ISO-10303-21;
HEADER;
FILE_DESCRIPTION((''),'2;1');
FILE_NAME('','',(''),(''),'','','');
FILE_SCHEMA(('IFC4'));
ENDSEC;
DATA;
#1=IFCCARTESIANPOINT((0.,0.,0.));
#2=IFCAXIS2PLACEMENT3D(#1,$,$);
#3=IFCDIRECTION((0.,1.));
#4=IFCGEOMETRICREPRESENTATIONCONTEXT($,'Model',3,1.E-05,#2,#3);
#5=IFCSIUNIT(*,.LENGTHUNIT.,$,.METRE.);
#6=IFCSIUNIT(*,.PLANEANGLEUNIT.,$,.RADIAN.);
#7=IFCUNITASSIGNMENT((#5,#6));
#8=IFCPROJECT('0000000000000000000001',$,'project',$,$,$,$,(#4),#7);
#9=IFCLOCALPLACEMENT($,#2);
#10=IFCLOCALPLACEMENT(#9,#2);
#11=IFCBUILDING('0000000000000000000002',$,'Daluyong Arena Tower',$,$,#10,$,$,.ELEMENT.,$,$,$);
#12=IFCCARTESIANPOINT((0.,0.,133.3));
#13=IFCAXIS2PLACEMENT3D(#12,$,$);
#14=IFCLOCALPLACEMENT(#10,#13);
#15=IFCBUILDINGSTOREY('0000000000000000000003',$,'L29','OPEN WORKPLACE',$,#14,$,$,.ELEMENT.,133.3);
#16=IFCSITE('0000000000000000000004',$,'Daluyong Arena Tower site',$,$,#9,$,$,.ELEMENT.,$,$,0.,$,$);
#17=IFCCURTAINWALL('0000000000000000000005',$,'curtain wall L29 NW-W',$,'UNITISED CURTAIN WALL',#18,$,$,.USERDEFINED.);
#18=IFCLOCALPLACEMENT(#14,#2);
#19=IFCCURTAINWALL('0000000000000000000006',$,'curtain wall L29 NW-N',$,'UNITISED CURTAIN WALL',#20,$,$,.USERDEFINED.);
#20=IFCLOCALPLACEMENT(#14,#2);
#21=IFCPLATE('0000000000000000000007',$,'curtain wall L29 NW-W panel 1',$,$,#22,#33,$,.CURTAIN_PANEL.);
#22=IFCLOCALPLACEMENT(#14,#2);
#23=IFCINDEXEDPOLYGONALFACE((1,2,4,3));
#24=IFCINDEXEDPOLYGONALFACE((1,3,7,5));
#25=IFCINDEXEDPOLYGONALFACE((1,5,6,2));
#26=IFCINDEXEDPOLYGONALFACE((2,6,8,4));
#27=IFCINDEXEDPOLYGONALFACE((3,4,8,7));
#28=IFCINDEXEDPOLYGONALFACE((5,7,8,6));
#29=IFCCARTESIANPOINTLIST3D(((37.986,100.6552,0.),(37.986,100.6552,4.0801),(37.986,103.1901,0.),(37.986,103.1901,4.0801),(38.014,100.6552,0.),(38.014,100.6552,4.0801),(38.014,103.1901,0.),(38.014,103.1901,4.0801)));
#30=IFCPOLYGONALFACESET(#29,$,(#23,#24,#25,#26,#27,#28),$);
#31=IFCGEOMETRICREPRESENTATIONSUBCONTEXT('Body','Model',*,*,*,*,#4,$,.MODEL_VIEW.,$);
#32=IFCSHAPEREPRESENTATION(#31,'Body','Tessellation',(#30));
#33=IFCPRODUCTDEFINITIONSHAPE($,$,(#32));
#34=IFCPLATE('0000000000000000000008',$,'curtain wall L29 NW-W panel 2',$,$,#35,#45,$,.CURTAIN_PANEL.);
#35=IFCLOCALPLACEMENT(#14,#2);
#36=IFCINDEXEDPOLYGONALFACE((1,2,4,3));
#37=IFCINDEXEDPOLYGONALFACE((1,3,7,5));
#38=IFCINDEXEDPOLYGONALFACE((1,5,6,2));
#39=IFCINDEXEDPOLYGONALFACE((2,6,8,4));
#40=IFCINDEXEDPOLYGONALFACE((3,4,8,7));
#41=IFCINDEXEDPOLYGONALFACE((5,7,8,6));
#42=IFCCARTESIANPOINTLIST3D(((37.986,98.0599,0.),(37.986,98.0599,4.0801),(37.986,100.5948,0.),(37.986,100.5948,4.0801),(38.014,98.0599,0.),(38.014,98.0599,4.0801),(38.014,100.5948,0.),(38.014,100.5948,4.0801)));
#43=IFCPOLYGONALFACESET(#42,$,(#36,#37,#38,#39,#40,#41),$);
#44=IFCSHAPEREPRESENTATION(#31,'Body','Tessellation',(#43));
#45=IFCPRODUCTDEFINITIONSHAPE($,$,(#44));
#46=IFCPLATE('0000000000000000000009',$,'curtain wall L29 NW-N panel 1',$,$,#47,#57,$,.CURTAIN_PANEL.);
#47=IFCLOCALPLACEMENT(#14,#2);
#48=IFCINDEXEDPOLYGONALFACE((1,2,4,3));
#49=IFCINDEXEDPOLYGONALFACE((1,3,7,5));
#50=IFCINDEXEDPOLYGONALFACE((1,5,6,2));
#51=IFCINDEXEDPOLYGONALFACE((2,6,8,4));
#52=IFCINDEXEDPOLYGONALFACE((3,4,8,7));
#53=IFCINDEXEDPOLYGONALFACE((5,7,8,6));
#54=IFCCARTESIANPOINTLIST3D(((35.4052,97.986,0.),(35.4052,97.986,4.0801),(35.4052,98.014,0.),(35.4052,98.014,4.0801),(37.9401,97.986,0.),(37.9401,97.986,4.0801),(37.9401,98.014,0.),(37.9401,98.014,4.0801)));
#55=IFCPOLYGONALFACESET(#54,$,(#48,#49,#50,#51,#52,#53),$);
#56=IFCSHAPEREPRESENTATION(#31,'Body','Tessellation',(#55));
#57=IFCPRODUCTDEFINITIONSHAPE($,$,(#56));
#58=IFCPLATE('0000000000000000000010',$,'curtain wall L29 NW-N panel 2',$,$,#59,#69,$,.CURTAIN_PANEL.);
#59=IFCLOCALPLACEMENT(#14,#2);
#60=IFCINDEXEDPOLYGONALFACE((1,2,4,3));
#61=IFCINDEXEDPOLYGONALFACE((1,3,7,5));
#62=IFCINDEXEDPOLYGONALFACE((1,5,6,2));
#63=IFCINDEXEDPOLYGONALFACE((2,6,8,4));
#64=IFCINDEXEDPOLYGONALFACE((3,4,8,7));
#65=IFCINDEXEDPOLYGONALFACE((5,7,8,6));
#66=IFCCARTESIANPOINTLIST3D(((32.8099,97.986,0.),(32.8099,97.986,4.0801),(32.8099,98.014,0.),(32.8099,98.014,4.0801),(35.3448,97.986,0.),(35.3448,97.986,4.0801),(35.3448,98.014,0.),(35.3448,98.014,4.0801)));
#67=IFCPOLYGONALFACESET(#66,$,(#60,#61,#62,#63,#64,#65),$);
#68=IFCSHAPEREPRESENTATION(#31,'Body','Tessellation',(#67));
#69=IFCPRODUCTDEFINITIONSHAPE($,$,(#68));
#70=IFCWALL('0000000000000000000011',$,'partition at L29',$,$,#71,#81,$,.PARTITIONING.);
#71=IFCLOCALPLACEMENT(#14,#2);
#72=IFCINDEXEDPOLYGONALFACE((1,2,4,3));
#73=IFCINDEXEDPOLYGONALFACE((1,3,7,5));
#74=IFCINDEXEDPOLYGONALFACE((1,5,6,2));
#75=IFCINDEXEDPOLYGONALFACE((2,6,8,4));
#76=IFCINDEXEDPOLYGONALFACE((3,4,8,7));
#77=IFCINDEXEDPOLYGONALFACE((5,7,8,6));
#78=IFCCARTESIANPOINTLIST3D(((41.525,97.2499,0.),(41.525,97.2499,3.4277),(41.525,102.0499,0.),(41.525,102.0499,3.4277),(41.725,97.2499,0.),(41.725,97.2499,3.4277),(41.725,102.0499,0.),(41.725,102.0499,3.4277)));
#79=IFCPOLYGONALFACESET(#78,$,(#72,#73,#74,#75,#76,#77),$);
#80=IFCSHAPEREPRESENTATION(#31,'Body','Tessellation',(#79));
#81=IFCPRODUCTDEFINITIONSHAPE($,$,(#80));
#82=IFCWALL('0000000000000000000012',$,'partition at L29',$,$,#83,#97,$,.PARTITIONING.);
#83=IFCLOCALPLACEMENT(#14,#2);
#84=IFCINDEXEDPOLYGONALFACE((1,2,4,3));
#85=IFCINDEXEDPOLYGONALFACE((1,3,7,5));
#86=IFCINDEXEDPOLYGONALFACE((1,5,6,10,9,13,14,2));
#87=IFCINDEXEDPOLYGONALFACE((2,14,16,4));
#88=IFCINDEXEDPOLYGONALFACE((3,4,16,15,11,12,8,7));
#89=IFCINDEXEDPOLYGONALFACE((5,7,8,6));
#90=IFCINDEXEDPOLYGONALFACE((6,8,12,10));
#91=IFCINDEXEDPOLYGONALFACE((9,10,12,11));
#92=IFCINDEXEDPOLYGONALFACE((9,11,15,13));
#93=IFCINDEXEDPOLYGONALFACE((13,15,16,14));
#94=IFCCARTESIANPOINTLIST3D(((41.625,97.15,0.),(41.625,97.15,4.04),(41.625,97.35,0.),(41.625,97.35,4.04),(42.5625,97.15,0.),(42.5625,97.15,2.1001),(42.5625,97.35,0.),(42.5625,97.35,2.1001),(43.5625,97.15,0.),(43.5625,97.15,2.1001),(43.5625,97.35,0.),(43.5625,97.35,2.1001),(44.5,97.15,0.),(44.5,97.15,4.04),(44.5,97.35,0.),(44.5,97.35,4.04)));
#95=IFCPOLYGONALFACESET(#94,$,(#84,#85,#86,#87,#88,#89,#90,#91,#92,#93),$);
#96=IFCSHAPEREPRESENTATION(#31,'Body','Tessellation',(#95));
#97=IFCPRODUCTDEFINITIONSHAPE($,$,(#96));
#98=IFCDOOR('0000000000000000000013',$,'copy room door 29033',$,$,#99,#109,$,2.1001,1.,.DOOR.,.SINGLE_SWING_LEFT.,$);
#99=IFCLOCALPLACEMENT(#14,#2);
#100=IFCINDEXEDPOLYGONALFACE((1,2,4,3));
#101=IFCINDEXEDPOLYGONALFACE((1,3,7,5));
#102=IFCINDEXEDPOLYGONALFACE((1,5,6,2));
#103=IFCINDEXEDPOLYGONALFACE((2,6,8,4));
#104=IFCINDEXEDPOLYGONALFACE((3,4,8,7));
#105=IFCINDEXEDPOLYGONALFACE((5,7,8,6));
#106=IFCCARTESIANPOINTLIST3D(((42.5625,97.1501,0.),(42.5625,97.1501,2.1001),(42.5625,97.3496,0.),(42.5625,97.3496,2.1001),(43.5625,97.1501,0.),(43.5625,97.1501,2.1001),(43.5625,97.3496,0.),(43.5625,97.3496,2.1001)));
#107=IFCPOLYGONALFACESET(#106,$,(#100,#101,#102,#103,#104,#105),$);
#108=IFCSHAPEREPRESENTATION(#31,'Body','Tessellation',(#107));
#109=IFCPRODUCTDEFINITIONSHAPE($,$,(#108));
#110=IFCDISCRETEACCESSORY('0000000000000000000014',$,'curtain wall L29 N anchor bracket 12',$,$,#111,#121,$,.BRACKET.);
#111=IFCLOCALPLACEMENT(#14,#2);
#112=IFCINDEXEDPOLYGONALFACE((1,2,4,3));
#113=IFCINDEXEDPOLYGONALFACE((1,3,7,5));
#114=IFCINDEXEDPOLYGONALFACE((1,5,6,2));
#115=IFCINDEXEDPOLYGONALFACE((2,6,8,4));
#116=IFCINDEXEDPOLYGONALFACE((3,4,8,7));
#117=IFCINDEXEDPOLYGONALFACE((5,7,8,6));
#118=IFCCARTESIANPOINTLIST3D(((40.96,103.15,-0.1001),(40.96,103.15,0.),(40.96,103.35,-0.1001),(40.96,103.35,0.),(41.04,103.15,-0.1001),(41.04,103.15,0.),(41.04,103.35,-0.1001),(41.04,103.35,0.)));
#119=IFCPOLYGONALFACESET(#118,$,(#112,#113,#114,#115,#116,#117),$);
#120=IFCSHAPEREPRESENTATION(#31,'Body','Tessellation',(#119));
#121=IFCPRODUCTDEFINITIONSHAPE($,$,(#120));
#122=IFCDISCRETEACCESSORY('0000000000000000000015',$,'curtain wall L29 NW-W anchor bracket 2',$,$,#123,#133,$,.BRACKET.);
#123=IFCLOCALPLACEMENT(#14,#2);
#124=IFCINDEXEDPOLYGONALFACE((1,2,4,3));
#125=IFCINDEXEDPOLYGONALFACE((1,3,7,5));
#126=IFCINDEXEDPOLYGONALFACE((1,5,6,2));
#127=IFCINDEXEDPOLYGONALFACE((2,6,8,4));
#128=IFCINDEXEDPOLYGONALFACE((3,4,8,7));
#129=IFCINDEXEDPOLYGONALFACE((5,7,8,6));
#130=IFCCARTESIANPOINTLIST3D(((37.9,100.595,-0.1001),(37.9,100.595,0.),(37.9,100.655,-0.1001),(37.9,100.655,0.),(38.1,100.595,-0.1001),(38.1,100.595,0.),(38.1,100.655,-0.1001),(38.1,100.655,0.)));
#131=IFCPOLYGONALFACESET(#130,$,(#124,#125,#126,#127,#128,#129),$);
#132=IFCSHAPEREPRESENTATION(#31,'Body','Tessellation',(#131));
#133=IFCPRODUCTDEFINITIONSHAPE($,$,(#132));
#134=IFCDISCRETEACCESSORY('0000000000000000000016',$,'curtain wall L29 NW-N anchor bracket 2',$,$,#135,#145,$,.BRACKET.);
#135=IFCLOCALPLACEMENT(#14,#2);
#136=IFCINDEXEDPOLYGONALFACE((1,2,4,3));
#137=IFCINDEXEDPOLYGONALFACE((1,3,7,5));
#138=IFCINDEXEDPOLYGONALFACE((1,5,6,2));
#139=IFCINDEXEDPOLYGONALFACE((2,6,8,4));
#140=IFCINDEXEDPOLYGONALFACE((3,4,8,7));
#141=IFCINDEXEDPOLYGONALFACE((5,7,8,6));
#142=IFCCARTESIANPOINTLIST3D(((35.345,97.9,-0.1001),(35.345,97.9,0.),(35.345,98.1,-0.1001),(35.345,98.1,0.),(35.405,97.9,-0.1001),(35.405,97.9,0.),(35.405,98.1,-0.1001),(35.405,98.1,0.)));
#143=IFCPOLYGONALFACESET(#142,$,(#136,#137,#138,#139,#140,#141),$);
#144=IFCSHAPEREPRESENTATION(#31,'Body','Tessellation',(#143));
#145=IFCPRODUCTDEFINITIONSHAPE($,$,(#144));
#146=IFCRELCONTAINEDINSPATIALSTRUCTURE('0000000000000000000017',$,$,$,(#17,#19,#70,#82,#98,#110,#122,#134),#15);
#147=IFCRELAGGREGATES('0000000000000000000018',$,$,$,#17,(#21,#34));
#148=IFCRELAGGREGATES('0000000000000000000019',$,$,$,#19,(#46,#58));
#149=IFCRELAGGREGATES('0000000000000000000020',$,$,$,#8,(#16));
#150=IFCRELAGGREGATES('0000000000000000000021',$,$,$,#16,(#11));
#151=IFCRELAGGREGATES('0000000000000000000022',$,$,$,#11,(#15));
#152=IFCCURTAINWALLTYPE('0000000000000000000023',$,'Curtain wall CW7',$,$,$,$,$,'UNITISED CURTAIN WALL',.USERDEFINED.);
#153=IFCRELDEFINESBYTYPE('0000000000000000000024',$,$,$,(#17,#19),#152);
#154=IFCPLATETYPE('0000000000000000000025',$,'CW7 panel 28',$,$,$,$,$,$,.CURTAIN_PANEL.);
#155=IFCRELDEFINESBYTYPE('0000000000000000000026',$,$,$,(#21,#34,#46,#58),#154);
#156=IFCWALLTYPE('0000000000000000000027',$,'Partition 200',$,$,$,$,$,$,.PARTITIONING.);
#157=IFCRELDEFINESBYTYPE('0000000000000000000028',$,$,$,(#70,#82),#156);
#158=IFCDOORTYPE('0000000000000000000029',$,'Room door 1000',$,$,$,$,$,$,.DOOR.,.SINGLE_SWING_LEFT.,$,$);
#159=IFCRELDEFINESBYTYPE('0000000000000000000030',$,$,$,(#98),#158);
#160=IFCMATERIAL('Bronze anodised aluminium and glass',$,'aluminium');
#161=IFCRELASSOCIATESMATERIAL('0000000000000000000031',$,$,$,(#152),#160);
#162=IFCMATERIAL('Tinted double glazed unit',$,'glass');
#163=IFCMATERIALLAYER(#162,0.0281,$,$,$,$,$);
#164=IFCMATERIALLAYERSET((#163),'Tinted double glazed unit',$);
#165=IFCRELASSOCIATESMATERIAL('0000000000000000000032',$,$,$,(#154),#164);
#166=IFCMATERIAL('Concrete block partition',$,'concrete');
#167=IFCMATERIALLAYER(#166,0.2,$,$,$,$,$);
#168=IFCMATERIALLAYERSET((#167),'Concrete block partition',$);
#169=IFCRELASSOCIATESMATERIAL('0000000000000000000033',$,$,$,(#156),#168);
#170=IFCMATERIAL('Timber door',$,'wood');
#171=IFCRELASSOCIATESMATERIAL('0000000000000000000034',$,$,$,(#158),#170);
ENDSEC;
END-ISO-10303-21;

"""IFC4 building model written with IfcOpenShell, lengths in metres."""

from ifc_helpers import new_model, si_unit, direction, frame, frame_2d, origin, origin_2d, place, context, subcontext, project, spatial, rectangle, extrude, material, layer, layer_set, type_object, element, fill, aggregate, save


model = new_model("IFC4")

# Units and contexts
model_context = context("Model", 3, precision=1e-05, world=origin(), true_north=direction((0.0, 1.0)))
body_context = subcontext(model_context, "Body", "Model", "MODEL_VIEW")
ifc_project = project(units=[si_unit("LENGTHUNIT", "METRE"), si_unit("PLANEANGLEUNIT", "RADIAN")], contexts=[model_context])

# Site, building, storey
site_placement = place(None, origin())
site = spatial("IfcSite", under=ifc_project, at=site_placement, Name="Daluyong Arena Tower site", CompositionType="ELEMENT", RefElevation=0.0)
building_placement = place(site_placement, origin())
building = spatial("IfcBuilding", under=site, at=building_placement, Name="Daluyong Arena Tower", CompositionType="ELEMENT")
storey_placement = place(building_placement, frame((0.0, 0.0, 133.3)))
storey = spatial("IfcBuildingStorey", under=building, at=storey_placement, Name="L29", Description="OPEN WORKPLACE", CompositionType="ELEMENT", Elevation=133.3)

# Curtain walls
ifc_material_1 = material(Name="Bronze anodised aluminium and glass", Category="aluminium")
curtain_wall_type_1 = type_object("IfcCurtainWallType", Name="Curtain wall CW7", ElementType="UNITISED CURTAIN WALL", PredefinedType="USERDEFINED", material=ifc_material_1)
curtain_wall_1_placement = place(storey_placement, origin())
curtain_wall_1 = element("IfcCurtainWall", 1, at=curtain_wall_1_placement, inside=storey, type_object=curtain_wall_type_1, Name="curtain wall L29 NW-W", ObjectType="UNITISED CURTAIN WALL", PredefinedType="USERDEFINED")
curtain_wall_2_placement = place(storey_placement, origin())
curtain_wall_2 = element("IfcCurtainWall", 2, at=curtain_wall_2_placement, inside=storey, type_object=curtain_wall_type_1, Name="curtain wall L29 NW-N", ObjectType="UNITISED CURTAIN WALL", PredefinedType="USERDEFINED")

# Plates
ifc_material_2 = material(Name="Tinted double glazed unit", Category="glass")
ifc_layer_1 = layer(ifc_material_2, 0.0281)
ifc_layer_set_1 = layer_set([ifc_layer_1], Name="Tinted double glazed unit")
plate_type_1 = type_object("IfcPlateType", Name="CW7 panel 28", PredefinedType="CURTAIN_PANEL", material=ifc_layer_set_1)
plate_1_placement = place(storey_placement, frame((38.0, 101.9226, 0.0), z_axis=(0.0, 0.0, 1.0), x_axis=(0.0, -1.0, 0.0)))
plate_1 = element("IfcPlate", 3, at=plate_1_placement, type_object=plate_type_1, Name="curtain wall L29 NW-W panel 1", PredefinedType="CURTAIN_PANEL", context=body_context, shape_type="SweptSolid", body=[
    extrude(rectangle(XDim=2.5349, YDim=0.0281, at=origin_2d()), origin(), (0.0, 0.0, 1.0), 4.0801),
])
plate_2_placement = place(storey_placement, frame((38.0, 99.3274, 0.0), z_axis=(0.0, 0.0, 1.0), x_axis=(0.0, -1.0, 0.0)))
plate_2 = element("IfcPlate", 4, at=plate_2_placement, type_object=plate_type_1, Name="curtain wall L29 NW-W panel 2", PredefinedType="CURTAIN_PANEL", context=body_context, shape_type="SweptSolid", body=[
    extrude(rectangle(XDim=2.5349, YDim=0.0281, at=origin_2d()), origin(), (0.0, 0.0, 1.0), 4.0801),
])
aggregate(curtain_wall_1, [plate_1, plate_2])
plate_3_placement = place(storey_placement, frame((36.6726, 98.0, 0.0), z_axis=(0.0, 0.0, 1.0), x_axis=(-1.0, 0.0, 0.0)))
plate_3 = element("IfcPlate", 5, at=plate_3_placement, type_object=plate_type_1, Name="curtain wall L29 NW-N panel 1", PredefinedType="CURTAIN_PANEL", context=body_context, shape_type="SweptSolid", body=[
    extrude(rectangle(XDim=2.5349, YDim=0.0281, at=origin_2d()), origin(), (0.0, 0.0, 1.0), 4.0801),
])
plate_4_placement = place(storey_placement, frame((34.0774, 98.0, 0.0), z_axis=(0.0, 0.0, 1.0), x_axis=(-1.0, 0.0, 0.0)))
plate_4 = element("IfcPlate", 6, at=plate_4_placement, type_object=plate_type_1, Name="curtain wall L29 NW-N panel 2", PredefinedType="CURTAIN_PANEL", context=body_context, shape_type="SweptSolid", body=[
    extrude(rectangle(XDim=2.5349, YDim=0.0281, at=origin_2d()), origin(), (0.0, 0.0, 1.0), 4.0801),
])
aggregate(curtain_wall_2, [plate_3, plate_4])

# Wall
ifc_material_3 = material(Name="Concrete block partition", Category="concrete")
ifc_layer_2 = layer(ifc_material_3, 0.2)
ifc_layer_set_2 = layer_set([ifc_layer_2], Name="Concrete block partition")
wall_type_1 = type_object("IfcWallType", Name="Partition 200", PredefinedType="PARTITIONING", material=ifc_layer_set_2)
wall_1_placement = place(storey_placement, frame((41.625, 97.25, 0.0), z_axis=(0.0, 0.0, 1.0), x_axis=(0.0, 1.0, 0.0)))
element("IfcWall", 7, at=wall_1_placement, inside=storey, type_object=wall_type_1, Name="partition at L29", PredefinedType="PARTITIONING", context=body_context, shape_type="SweptSolid", body=[
    extrude(rectangle(XDim=4.8, YDim=0.2, at=frame_2d((2.3999, 0.0))), origin(), (0.0, 0.0, 1.0), 3.4277),
])

# Wall, opening, door
wall_2_placement = place(storey_placement, frame((41.625, 97.25, 0.0), z_axis=(0.0, 0.0, 1.0), x_axis=(1.0, 0.0, 0.0)))
wall_2 = element("IfcWall", 8, at=wall_2_placement, inside=storey, type_object=wall_type_1, Name="partition at L29", PredefinedType="PARTITIONING", context=body_context, shape_type="SweptSolid", body=[
    extrude(rectangle(XDim=2.875, YDim=0.2, at=frame_2d((1.4375, 0.0))), origin(), (0.0, 0.0, 1.0), 4.04),
])
opening_1_placement = place(wall_2_placement, frame((0.9375, 0.0, 0.0)))
opening_1 = element("IfcOpeningElement", 9, at=opening_1_placement, cuts=wall_2, PredefinedType="OPENING", context=body_context, shape_type="SweptSolid", body=[
    extrude(rectangle(XDim=1.0, YDim=2.1001, at=frame_2d((0.5, 1.05))), frame((0.0, 0.1099, 0.0), z_axis=(0.0, -1.0, 0.0), x_axis=(1.0, 0.0, 0.0)), (0.0, 0.0, 1.0), 0.22),
])
ifc_material_4 = material(Name="Timber door", Category="wood")
door_type_1 = type_object("IfcDoorType", Name="Room door 1000", OperationType="SINGLE_SWING_LEFT", PredefinedType="DOOR", material=ifc_material_4)
door_1_placement = place(opening_1_placement, origin())
door_1 = element("IfcDoor", 10, at=door_1_placement, inside=storey, type_object=door_type_1, Name="copy room door 29033", OperationType="SINGLE_SWING_LEFT", OverallHeight=2.1001, OverallWidth=1.0, PredefinedType="DOOR", context=body_context, shape_type="SweptSolid", body=[
    extrude(rectangle(XDim=1.0, YDim=2.1001, at=frame_2d((0.5, 1.05))), frame((0.0, 0.0996, 0.0), z_axis=(0.0, -1.0, 0.0), x_axis=(1.0, 0.0, 0.0)), (0.0, 0.0, 1.0), 0.1995),
])
fill(opening_1, door_1)

# Discrete accessories
discrete_accessory_placement = place(storey_placement, frame((41.0, 103.25, -0.1001), z_axis=(0.0, 0.0, 1.0), x_axis=(-1.0, 0.0, 0.0)))
element("IfcDiscreteAccessory", 11, at=discrete_accessory_placement, inside=storey, Name="curtain wall L29 N anchor bracket 12", PredefinedType="BRACKET", context=body_context, shape_type="SweptSolid", body=[
    extrude(rectangle(XDim=0.0801, YDim=0.2, at=origin_2d()), origin(), (0.0, 0.0, 1.0), 0.1001),
])
for number, where, z_axis, x_axis, name in (
    (12, (38.0, 100.625, -0.1001), (0.0, 0.0, 1.0), (0.0, -1.0, 0.0), "curtain wall L29 NW-W anchor bracket 2"),
    (13, (35.375, 98.0, -0.1001), (0.0, 0.0, 1.0), (-1.0, 0.0, 0.0), "curtain wall L29 NW-N anchor bracket 2"),
):
    element("IfcDiscreteAccessory", number, at=place(storey_placement, frame(where, z_axis=z_axis, x_axis=x_axis)), inside=storey, Name=name, PredefinedType="BRACKET", context=body_context, shape_type="SweptSolid", body=[
        extrude(rectangle(XDim=0.0601, YDim=0.2, at=origin_2d()), origin(), (0.0, 0.0, 1.0), 0.1001),
    ])

save(model, "model.ifc")
